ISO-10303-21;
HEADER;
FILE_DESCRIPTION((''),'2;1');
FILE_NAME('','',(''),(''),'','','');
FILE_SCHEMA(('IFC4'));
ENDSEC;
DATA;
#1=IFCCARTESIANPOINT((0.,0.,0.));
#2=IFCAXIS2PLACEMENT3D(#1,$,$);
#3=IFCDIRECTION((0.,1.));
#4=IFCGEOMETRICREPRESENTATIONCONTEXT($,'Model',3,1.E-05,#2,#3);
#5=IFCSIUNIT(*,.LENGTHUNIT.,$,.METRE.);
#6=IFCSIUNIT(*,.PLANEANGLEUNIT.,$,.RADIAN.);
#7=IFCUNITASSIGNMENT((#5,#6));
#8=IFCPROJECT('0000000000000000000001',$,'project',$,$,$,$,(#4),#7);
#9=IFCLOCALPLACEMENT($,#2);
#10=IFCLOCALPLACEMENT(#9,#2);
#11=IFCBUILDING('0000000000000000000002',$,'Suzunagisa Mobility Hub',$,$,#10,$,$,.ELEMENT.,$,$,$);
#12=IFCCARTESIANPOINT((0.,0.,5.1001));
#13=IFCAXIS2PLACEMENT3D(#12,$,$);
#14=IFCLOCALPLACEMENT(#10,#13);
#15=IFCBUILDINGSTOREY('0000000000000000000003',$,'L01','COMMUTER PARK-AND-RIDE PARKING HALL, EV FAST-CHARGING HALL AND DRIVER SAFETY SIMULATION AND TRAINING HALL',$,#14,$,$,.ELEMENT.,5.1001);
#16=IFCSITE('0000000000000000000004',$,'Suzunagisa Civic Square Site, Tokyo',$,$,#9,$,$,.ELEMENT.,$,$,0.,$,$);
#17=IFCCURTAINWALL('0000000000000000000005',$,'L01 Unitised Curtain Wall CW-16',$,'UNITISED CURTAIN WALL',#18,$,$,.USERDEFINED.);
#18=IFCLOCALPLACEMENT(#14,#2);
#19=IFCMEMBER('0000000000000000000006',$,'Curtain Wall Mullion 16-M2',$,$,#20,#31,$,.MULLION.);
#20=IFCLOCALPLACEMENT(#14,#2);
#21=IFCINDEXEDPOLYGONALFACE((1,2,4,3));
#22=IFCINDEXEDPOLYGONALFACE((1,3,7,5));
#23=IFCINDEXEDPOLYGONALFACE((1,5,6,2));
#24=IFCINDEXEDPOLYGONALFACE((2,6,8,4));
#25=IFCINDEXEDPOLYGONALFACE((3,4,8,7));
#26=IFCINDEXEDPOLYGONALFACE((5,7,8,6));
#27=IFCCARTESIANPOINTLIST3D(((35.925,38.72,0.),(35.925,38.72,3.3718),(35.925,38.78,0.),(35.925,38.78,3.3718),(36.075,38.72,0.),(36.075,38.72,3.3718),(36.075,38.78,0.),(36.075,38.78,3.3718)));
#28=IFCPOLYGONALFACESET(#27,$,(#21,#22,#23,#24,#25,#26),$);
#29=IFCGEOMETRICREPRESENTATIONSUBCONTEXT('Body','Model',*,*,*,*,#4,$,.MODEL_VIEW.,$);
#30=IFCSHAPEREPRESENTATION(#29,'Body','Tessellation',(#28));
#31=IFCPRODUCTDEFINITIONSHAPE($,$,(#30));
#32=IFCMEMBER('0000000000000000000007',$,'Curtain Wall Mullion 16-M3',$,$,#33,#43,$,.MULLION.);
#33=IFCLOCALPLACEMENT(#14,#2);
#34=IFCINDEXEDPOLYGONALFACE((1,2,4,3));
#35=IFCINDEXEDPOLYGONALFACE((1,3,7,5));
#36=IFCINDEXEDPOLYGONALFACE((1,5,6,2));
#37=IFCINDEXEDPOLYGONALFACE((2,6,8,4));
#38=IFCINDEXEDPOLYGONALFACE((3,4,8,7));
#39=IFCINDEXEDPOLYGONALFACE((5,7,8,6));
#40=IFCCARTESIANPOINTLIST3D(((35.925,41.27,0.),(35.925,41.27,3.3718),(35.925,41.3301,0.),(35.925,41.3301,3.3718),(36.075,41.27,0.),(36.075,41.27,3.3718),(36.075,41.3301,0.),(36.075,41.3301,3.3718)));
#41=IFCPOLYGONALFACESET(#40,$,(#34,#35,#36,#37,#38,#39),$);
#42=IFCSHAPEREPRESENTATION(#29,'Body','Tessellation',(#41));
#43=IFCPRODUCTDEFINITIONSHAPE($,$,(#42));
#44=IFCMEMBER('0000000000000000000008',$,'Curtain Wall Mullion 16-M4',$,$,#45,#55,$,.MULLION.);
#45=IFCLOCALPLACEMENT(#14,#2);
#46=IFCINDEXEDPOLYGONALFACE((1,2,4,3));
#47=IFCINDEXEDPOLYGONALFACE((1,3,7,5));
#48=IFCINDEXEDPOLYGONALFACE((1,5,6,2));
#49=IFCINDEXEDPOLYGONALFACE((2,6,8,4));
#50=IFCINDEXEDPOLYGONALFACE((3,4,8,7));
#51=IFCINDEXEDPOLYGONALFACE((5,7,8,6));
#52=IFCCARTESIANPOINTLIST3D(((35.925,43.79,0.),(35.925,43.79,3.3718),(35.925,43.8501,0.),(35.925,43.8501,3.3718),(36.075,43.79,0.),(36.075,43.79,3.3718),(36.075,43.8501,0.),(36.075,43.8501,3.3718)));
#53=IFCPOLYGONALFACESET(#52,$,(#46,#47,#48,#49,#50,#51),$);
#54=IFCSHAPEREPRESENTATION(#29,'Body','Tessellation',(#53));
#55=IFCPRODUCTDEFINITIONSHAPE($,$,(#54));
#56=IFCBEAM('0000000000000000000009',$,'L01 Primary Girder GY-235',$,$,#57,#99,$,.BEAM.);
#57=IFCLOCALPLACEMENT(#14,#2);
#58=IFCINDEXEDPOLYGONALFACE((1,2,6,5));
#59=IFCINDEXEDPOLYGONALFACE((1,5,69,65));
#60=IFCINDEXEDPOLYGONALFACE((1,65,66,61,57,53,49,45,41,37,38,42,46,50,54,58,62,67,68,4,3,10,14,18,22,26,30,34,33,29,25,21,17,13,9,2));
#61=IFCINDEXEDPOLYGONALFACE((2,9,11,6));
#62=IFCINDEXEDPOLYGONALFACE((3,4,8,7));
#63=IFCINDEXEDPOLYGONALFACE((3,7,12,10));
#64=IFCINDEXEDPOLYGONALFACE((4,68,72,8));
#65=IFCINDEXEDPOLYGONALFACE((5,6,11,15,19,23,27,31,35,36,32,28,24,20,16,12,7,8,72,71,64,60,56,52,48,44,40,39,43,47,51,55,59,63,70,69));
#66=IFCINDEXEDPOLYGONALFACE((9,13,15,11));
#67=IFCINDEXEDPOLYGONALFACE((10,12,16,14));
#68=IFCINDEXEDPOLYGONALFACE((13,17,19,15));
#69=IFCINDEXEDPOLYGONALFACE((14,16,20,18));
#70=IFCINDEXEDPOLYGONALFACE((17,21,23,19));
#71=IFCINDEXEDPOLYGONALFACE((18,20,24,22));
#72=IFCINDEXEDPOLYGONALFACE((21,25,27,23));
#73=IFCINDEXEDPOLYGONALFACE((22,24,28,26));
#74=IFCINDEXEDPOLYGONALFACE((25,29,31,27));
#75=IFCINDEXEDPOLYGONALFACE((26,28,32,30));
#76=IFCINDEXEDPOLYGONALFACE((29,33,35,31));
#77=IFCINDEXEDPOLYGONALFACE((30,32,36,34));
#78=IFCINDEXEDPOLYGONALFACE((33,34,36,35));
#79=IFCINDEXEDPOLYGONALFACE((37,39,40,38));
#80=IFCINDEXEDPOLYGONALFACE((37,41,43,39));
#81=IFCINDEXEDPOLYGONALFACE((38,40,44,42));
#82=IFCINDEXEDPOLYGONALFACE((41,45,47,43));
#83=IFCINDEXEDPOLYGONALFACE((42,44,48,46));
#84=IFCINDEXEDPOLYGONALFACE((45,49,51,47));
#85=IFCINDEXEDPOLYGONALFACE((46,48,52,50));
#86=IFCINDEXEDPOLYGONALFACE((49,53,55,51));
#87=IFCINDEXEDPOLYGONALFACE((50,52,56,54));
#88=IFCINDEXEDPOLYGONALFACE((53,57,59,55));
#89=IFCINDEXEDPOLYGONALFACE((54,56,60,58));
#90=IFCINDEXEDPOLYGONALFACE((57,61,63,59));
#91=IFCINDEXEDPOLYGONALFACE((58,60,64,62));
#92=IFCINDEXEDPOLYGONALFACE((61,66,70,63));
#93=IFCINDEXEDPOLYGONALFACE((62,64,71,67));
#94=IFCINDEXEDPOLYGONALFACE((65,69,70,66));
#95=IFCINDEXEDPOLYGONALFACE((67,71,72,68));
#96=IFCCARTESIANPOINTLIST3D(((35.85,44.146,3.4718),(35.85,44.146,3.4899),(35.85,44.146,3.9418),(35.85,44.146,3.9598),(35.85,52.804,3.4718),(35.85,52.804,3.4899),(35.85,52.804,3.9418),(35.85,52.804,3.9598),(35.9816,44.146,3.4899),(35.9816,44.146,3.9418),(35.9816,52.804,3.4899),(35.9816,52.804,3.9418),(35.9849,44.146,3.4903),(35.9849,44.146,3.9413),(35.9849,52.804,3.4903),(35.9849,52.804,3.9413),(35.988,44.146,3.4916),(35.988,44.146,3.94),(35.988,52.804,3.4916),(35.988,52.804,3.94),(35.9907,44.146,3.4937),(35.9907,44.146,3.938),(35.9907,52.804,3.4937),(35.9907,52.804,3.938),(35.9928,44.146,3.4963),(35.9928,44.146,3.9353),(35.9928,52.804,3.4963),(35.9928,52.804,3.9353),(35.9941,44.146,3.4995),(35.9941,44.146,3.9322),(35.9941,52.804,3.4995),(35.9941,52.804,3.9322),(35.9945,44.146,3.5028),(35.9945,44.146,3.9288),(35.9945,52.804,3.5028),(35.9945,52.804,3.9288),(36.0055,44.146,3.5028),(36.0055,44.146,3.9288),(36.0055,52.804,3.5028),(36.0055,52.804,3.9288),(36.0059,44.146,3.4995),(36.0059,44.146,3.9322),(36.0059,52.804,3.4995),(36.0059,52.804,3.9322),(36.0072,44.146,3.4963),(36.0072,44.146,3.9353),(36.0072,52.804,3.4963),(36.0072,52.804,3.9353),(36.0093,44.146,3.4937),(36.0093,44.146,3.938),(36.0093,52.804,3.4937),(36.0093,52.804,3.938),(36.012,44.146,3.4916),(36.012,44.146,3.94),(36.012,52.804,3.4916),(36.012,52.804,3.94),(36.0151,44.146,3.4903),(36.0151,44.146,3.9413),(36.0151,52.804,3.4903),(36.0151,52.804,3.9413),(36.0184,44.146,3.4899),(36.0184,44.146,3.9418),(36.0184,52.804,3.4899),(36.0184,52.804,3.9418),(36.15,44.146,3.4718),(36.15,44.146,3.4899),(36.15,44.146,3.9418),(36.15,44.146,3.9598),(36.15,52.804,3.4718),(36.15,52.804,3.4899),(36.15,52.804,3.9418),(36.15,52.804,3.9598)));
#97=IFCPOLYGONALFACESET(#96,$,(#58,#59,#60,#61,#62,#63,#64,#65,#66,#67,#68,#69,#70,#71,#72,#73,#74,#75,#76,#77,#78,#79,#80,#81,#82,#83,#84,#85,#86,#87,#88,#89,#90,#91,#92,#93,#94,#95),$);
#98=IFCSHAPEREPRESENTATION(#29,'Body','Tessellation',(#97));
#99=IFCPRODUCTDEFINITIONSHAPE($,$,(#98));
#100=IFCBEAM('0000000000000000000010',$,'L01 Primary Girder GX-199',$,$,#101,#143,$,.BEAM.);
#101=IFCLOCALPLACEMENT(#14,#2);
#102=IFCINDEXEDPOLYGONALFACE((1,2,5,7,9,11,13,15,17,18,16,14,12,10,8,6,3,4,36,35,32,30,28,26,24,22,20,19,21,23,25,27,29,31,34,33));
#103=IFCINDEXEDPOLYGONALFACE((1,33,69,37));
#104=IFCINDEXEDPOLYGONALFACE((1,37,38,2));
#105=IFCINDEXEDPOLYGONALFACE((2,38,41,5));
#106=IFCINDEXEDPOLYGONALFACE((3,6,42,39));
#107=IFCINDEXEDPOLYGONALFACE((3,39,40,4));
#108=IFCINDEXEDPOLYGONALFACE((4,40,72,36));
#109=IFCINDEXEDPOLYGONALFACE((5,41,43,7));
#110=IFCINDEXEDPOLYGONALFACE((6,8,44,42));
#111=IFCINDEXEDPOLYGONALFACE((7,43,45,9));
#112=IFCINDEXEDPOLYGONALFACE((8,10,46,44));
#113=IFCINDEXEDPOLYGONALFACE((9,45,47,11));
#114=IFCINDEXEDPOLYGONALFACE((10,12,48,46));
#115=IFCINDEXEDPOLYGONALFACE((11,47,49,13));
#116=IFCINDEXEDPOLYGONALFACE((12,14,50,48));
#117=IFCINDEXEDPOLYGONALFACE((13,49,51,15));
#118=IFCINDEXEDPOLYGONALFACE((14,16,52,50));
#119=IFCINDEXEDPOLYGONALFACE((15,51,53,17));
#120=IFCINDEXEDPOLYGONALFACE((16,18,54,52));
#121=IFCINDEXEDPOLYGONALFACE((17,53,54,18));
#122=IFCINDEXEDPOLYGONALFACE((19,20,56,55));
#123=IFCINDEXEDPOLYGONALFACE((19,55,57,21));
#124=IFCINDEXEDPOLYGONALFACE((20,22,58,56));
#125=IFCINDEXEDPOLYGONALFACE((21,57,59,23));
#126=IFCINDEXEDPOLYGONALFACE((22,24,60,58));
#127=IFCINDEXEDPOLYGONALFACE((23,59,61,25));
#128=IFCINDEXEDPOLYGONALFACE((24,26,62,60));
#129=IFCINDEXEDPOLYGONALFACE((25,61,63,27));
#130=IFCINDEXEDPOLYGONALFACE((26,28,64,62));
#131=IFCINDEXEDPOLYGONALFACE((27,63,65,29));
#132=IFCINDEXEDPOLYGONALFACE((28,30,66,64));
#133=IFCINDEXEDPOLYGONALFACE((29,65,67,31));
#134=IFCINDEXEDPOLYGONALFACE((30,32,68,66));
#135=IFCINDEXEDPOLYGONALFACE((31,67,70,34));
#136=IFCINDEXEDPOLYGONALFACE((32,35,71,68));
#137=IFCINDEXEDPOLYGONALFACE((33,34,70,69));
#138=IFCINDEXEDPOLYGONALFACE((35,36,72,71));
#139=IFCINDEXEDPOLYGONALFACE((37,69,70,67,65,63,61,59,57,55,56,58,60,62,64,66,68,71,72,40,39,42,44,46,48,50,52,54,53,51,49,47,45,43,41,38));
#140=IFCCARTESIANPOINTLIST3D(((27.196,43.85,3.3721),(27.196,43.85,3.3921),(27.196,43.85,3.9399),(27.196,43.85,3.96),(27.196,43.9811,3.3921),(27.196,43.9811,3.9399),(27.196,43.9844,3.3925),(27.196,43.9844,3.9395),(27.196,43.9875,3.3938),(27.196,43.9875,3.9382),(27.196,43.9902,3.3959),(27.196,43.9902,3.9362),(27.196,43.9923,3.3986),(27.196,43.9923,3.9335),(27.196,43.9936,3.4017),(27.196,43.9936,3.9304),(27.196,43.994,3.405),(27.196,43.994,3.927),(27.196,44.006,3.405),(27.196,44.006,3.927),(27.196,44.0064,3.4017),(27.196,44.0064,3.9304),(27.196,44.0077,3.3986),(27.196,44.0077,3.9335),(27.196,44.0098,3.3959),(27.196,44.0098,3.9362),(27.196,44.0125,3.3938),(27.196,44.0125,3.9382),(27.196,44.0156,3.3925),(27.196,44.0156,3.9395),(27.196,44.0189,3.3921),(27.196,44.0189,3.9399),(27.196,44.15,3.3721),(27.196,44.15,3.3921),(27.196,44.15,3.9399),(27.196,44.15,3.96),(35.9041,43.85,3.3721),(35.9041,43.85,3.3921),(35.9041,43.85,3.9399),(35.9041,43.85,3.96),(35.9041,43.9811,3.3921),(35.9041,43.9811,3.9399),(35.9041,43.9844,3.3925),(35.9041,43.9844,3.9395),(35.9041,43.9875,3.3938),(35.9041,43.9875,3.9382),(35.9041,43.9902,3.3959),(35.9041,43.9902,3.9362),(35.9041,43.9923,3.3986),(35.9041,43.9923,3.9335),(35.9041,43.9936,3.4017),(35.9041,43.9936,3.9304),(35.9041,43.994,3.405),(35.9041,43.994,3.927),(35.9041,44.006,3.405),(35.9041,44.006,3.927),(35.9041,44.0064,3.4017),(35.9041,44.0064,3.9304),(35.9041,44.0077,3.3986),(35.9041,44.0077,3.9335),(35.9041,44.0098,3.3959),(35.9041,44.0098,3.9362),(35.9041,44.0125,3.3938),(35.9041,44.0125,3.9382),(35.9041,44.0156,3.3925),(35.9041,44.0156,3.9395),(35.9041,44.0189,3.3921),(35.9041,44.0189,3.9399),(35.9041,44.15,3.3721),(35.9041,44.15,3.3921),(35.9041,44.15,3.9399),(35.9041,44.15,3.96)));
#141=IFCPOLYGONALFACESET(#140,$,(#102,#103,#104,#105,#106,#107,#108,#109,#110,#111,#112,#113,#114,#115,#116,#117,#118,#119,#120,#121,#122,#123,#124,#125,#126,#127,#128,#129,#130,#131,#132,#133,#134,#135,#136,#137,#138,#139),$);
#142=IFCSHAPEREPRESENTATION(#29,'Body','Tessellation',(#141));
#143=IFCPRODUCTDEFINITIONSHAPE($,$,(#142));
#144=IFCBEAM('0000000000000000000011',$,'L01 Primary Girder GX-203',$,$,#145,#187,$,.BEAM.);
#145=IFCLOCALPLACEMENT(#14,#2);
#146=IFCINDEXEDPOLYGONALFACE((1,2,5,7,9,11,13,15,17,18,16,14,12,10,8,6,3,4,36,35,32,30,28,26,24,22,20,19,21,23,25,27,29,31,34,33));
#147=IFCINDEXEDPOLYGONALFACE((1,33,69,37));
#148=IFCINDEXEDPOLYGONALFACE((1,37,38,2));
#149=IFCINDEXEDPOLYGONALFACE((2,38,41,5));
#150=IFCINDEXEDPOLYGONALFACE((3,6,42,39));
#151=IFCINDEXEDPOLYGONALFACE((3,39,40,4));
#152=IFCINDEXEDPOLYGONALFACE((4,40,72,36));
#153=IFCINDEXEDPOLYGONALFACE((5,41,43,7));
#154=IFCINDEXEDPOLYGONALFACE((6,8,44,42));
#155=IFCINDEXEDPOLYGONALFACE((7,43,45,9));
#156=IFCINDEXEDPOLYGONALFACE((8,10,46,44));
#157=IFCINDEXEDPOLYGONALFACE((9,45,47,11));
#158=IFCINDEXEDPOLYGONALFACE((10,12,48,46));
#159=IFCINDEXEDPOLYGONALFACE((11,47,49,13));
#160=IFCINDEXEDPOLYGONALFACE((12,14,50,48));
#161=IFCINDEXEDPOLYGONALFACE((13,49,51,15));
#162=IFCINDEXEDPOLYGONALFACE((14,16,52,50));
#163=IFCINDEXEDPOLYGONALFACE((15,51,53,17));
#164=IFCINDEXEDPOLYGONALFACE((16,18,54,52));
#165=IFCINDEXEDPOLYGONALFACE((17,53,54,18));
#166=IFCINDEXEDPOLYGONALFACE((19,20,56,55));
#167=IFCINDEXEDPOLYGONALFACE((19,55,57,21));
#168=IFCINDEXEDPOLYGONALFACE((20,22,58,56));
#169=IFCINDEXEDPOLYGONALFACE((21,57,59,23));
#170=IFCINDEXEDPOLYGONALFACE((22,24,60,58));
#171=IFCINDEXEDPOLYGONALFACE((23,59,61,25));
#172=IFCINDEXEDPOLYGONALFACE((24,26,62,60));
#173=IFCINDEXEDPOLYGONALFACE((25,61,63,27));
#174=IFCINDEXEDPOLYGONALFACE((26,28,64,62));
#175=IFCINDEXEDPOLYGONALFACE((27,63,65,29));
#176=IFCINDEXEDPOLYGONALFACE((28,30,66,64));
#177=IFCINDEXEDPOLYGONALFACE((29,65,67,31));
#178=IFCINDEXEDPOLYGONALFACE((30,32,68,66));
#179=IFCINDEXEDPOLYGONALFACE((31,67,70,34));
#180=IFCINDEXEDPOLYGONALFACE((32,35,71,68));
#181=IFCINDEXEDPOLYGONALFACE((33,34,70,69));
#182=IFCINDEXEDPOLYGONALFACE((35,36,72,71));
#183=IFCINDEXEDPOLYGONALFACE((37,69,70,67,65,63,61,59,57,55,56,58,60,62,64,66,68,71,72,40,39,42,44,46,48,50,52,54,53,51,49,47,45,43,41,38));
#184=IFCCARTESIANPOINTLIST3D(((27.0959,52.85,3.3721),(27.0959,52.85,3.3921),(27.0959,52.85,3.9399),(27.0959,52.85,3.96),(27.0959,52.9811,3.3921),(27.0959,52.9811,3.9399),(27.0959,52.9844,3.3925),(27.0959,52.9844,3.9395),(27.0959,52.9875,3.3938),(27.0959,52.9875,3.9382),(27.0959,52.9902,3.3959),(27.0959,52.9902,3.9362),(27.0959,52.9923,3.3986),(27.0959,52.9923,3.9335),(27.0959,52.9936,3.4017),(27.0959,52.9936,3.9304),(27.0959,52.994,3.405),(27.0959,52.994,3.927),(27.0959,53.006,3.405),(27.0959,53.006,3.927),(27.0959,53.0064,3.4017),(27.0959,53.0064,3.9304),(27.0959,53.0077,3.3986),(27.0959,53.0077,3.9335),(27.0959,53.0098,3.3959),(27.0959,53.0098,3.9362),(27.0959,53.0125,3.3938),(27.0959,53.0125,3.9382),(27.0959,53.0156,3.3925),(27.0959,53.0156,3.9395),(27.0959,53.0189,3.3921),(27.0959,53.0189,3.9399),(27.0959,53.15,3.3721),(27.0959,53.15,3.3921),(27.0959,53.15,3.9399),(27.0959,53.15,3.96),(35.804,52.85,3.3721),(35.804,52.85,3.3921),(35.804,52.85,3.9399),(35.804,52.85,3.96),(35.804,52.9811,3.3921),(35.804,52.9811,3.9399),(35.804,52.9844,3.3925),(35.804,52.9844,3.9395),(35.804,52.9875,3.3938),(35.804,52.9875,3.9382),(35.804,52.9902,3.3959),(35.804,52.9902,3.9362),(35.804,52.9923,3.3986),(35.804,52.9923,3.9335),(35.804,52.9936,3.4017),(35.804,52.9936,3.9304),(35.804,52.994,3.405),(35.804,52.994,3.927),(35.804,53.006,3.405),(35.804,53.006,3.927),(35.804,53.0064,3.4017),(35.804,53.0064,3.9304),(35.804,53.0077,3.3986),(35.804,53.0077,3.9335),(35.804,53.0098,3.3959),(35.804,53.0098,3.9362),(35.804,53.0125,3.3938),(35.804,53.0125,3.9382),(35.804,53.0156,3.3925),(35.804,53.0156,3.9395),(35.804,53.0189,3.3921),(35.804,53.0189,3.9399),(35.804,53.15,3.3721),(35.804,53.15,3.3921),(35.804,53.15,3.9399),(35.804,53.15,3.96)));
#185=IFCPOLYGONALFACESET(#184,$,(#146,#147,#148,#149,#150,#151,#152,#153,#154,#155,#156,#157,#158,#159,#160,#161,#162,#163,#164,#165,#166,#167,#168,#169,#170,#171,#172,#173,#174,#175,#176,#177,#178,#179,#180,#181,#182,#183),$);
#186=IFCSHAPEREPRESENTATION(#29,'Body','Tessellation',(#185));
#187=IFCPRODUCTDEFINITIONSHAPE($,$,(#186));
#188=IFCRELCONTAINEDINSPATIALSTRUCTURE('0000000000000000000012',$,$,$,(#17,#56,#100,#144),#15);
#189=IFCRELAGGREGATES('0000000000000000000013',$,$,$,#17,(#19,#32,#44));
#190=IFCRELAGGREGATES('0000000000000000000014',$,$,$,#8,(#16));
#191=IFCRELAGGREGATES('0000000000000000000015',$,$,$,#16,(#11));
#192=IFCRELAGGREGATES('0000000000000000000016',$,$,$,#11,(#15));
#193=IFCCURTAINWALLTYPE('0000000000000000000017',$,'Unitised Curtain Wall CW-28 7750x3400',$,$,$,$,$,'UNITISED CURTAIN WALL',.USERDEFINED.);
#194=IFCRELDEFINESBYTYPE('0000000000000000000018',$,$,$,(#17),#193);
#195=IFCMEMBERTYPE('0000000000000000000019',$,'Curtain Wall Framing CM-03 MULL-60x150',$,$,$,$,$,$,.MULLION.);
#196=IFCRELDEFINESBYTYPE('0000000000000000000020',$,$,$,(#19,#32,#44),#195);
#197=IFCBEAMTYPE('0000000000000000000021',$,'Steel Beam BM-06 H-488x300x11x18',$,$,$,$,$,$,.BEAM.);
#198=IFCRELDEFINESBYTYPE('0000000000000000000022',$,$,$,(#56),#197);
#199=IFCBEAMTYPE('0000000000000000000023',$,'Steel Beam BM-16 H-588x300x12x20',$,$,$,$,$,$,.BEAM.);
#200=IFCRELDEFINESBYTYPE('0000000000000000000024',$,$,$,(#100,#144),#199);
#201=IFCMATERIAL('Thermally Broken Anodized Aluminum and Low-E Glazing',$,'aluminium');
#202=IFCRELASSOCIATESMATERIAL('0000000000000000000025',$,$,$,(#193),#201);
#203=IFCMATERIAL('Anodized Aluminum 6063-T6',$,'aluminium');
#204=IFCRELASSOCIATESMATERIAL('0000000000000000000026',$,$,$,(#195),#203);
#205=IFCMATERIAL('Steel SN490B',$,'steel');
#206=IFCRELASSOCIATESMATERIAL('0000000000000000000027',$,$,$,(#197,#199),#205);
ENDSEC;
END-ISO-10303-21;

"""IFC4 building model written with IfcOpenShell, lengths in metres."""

from ifc_helpers import new_model, si_unit, direction, frame, origin, origin_2d, place, context, subcontext, project, spatial, rectangle, i_section, extrude, material, material_profile, profile_set, type_object, element, aggregate, save


model = new_model("IFC4")

# Units and contexts
model_context = context("Model", 3, precision=1e-05, world=origin(), true_north=direction((0.0, 1.0)))
body_context = subcontext(model_context, "Body", "Model", "MODEL_VIEW")
ifc_project = project(units=[si_unit("LENGTHUNIT", "METRE"), si_unit("PLANEANGLEUNIT", "RADIAN")], contexts=[model_context])

# Site, building, storey
site_placement = place(None, origin())
site = spatial("IfcSite", under=ifc_project, at=site_placement, Name="Suzunagisa Civic Square Site, Tokyo", CompositionType="ELEMENT", RefElevation=0.0)
building_placement = place(site_placement, origin())
building = spatial("IfcBuilding", under=site, at=building_placement, Name="Suzunagisa Mobility Hub", CompositionType="ELEMENT")
storey_placement = place(building_placement, frame((0.0, 0.0, 5.1001)))
storey = spatial("IfcBuildingStorey", under=building, at=storey_placement, Name="L01", Description="COMMUTER PARK-AND-RIDE PARKING HALL, EV FAST-CHARGING HALL AND DRIVER SAFETY SIMULATION AND TRAINING HALL", CompositionType="ELEMENT", Elevation=5.1001)

# Shared definitions
ifc_material_1 = material(Name="Steel SN490B", Category="steel")

# Curtain wall, members
ifc_material_2 = material(Name="Thermally Broken Anodized Aluminum and Low-E Glazing", Category="aluminium")
curtain_wall_type = type_object("IfcCurtainWallType", Name="Unitised Curtain Wall CW-28 7750x3400", ElementType="UNITISED CURTAIN WALL", PredefinedType="USERDEFINED", material=ifc_material_2)
curtain_wall_placement = place(storey_placement, origin())
curtain_wall = element("IfcCurtainWall", 1, at=curtain_wall_placement, inside=storey, type_object=curtain_wall_type, Name="L01 Unitised Curtain Wall CW-16", ObjectType="UNITISED CURTAIN WALL", PredefinedType="USERDEFINED")
ifc_material_3 = material(Name="Anodized Aluminum 6063-T6", Category="aluminium")
ifc_material_profile_1 = material_profile(ifc_material_3, rectangle(XDim=0.0601, YDim=0.1499, at=origin_2d()), Name="MULL-60x150")
ifc_profile_set_1 = profile_set([ifc_material_profile_1], Name="Anodized Aluminum 6063-T6")
member_type_1 = type_object("IfcMemberType", Name="Curtain Wall Framing CM-03 MULL-60x150", PredefinedType="MULLION", material=ifc_profile_set_1)
member_1_placement = place(storey_placement, frame((36.0, 38.75, 0.0), z_axis=(0.0, 0.0, 1.0), x_axis=(0.0, 1.0, 0.0)))
member_1 = element("IfcMember", 2, at=member_1_placement, type_object=member_type_1, Name="Curtain Wall Mullion 16-M2", PredefinedType="MULLION", context=body_context, shape_type="SweptSolid", body=[
    extrude(rectangle(XDim=0.0601, YDim=0.1499, at=origin_2d()), origin(), (0.0, 0.0, 1.0), 3.3718),
])
member_2_placement = place(storey_placement, frame((36.0, 41.3, 0.0), z_axis=(0.0, 0.0, 1.0), x_axis=(0.0, 1.0, 0.0)))
member_2 = element("IfcMember", 3, at=member_2_placement, type_object=member_type_1, Name="Curtain Wall Mullion 16-M3", PredefinedType="MULLION", context=body_context, shape_type="SweptSolid", body=[
    extrude(rectangle(XDim=0.0601, YDim=0.1499, at=origin_2d()), origin(), (0.0, 0.0, 1.0), 3.3718),
])
member_3_placement = place(storey_placement, frame((36.0, 43.8201, 0.0), z_axis=(0.0, 0.0, 1.0), x_axis=(0.0, 1.0, 0.0)))
member_3 = element("IfcMember", 4, at=member_3_placement, type_object=member_type_1, Name="Curtain Wall Mullion 16-M4", PredefinedType="MULLION", context=body_context, shape_type="SweptSolid", body=[
    extrude(rectangle(XDim=0.0601, YDim=0.1499, at=origin_2d()), origin(), (0.0, 0.0, 1.0), 3.3718),
])

# Beams
ifc_material_profile_2 = material_profile(ifc_material_1, i_section(OverallWidth=0.3, OverallDepth=0.488, WebThickness=0.011, FlangeThickness=0.0181, FilletRadius=0.0129, at=origin_2d()), Name="H-488x300x11x18")
ifc_profile_set_2 = profile_set([ifc_material_profile_2], Name="Steel SN490B")
beam_type_1 = type_object("IfcBeamType", Name="Steel Beam BM-06 H-488x300x11x18", PredefinedType="BEAM", material=ifc_profile_set_2)
beam_placement = place(storey_placement, frame((36.0, 44.146, 3.7158), z_axis=(0.0, 1.0, 0.0), x_axis=(-1.0, 0.0, 0.0)))
element("IfcBeam", 5, at=beam_placement, inside=storey, type_object=beam_type_1, Name="L01 Primary Girder GY-235", PredefinedType="BEAM", context=body_context, shape_type="SweptSolid", body=[
    extrude(i_section(OverallWidth=0.3, OverallDepth=0.488, WebThickness=0.011, FlangeThickness=0.0181, FilletRadius=0.0129, at=origin_2d()), origin(), (0.0, 0.0, 1.0), 8.658),
])
ifc_material_profile_3 = material_profile(ifc_material_1, i_section(OverallWidth=0.3, OverallDepth=0.5879, WebThickness=0.012, FlangeThickness=0.02, FilletRadius=0.0129, at=origin_2d()), Name="H-588x300x12x20")
ifc_profile_set_3 = profile_set([ifc_material_profile_3], Name="Steel SN490B")
beam_type_2 = type_object("IfcBeamType", Name="Steel Beam BM-16 H-588x300x12x20", PredefinedType="BEAM", material=ifc_profile_set_3)
for number, where, z_axis, x_axis, name in (
    (6, (27.196, 44.0, 3.666), (1.0, 0.0, 0.0), (0.0, 1.0, 0.0), "L01 Primary Girder GX-199"),
    (7, (27.0959, 53.0, 3.666), (1.0, 0.0, 0.0), (0.0, 1.0, 0.0), "L01 Primary Girder GX-203"),
):
    element("IfcBeam", number, at=place(storey_placement, frame(where, z_axis=z_axis, x_axis=x_axis)), inside=storey, type_object=beam_type_2, Name=name, PredefinedType="BEAM", context=body_context, shape_type="SweptSolid", body=[
        extrude(i_section(OverallWidth=0.3, OverallDepth=0.5879, WebThickness=0.012, FlangeThickness=0.02, FilletRadius=0.0129, at=origin_2d()), origin(), (0.0, 0.0, 1.0), 8.708),
    ])

aggregate(curtain_wall, [member_1, member_2, member_3])

save(model, "model.ifc")
